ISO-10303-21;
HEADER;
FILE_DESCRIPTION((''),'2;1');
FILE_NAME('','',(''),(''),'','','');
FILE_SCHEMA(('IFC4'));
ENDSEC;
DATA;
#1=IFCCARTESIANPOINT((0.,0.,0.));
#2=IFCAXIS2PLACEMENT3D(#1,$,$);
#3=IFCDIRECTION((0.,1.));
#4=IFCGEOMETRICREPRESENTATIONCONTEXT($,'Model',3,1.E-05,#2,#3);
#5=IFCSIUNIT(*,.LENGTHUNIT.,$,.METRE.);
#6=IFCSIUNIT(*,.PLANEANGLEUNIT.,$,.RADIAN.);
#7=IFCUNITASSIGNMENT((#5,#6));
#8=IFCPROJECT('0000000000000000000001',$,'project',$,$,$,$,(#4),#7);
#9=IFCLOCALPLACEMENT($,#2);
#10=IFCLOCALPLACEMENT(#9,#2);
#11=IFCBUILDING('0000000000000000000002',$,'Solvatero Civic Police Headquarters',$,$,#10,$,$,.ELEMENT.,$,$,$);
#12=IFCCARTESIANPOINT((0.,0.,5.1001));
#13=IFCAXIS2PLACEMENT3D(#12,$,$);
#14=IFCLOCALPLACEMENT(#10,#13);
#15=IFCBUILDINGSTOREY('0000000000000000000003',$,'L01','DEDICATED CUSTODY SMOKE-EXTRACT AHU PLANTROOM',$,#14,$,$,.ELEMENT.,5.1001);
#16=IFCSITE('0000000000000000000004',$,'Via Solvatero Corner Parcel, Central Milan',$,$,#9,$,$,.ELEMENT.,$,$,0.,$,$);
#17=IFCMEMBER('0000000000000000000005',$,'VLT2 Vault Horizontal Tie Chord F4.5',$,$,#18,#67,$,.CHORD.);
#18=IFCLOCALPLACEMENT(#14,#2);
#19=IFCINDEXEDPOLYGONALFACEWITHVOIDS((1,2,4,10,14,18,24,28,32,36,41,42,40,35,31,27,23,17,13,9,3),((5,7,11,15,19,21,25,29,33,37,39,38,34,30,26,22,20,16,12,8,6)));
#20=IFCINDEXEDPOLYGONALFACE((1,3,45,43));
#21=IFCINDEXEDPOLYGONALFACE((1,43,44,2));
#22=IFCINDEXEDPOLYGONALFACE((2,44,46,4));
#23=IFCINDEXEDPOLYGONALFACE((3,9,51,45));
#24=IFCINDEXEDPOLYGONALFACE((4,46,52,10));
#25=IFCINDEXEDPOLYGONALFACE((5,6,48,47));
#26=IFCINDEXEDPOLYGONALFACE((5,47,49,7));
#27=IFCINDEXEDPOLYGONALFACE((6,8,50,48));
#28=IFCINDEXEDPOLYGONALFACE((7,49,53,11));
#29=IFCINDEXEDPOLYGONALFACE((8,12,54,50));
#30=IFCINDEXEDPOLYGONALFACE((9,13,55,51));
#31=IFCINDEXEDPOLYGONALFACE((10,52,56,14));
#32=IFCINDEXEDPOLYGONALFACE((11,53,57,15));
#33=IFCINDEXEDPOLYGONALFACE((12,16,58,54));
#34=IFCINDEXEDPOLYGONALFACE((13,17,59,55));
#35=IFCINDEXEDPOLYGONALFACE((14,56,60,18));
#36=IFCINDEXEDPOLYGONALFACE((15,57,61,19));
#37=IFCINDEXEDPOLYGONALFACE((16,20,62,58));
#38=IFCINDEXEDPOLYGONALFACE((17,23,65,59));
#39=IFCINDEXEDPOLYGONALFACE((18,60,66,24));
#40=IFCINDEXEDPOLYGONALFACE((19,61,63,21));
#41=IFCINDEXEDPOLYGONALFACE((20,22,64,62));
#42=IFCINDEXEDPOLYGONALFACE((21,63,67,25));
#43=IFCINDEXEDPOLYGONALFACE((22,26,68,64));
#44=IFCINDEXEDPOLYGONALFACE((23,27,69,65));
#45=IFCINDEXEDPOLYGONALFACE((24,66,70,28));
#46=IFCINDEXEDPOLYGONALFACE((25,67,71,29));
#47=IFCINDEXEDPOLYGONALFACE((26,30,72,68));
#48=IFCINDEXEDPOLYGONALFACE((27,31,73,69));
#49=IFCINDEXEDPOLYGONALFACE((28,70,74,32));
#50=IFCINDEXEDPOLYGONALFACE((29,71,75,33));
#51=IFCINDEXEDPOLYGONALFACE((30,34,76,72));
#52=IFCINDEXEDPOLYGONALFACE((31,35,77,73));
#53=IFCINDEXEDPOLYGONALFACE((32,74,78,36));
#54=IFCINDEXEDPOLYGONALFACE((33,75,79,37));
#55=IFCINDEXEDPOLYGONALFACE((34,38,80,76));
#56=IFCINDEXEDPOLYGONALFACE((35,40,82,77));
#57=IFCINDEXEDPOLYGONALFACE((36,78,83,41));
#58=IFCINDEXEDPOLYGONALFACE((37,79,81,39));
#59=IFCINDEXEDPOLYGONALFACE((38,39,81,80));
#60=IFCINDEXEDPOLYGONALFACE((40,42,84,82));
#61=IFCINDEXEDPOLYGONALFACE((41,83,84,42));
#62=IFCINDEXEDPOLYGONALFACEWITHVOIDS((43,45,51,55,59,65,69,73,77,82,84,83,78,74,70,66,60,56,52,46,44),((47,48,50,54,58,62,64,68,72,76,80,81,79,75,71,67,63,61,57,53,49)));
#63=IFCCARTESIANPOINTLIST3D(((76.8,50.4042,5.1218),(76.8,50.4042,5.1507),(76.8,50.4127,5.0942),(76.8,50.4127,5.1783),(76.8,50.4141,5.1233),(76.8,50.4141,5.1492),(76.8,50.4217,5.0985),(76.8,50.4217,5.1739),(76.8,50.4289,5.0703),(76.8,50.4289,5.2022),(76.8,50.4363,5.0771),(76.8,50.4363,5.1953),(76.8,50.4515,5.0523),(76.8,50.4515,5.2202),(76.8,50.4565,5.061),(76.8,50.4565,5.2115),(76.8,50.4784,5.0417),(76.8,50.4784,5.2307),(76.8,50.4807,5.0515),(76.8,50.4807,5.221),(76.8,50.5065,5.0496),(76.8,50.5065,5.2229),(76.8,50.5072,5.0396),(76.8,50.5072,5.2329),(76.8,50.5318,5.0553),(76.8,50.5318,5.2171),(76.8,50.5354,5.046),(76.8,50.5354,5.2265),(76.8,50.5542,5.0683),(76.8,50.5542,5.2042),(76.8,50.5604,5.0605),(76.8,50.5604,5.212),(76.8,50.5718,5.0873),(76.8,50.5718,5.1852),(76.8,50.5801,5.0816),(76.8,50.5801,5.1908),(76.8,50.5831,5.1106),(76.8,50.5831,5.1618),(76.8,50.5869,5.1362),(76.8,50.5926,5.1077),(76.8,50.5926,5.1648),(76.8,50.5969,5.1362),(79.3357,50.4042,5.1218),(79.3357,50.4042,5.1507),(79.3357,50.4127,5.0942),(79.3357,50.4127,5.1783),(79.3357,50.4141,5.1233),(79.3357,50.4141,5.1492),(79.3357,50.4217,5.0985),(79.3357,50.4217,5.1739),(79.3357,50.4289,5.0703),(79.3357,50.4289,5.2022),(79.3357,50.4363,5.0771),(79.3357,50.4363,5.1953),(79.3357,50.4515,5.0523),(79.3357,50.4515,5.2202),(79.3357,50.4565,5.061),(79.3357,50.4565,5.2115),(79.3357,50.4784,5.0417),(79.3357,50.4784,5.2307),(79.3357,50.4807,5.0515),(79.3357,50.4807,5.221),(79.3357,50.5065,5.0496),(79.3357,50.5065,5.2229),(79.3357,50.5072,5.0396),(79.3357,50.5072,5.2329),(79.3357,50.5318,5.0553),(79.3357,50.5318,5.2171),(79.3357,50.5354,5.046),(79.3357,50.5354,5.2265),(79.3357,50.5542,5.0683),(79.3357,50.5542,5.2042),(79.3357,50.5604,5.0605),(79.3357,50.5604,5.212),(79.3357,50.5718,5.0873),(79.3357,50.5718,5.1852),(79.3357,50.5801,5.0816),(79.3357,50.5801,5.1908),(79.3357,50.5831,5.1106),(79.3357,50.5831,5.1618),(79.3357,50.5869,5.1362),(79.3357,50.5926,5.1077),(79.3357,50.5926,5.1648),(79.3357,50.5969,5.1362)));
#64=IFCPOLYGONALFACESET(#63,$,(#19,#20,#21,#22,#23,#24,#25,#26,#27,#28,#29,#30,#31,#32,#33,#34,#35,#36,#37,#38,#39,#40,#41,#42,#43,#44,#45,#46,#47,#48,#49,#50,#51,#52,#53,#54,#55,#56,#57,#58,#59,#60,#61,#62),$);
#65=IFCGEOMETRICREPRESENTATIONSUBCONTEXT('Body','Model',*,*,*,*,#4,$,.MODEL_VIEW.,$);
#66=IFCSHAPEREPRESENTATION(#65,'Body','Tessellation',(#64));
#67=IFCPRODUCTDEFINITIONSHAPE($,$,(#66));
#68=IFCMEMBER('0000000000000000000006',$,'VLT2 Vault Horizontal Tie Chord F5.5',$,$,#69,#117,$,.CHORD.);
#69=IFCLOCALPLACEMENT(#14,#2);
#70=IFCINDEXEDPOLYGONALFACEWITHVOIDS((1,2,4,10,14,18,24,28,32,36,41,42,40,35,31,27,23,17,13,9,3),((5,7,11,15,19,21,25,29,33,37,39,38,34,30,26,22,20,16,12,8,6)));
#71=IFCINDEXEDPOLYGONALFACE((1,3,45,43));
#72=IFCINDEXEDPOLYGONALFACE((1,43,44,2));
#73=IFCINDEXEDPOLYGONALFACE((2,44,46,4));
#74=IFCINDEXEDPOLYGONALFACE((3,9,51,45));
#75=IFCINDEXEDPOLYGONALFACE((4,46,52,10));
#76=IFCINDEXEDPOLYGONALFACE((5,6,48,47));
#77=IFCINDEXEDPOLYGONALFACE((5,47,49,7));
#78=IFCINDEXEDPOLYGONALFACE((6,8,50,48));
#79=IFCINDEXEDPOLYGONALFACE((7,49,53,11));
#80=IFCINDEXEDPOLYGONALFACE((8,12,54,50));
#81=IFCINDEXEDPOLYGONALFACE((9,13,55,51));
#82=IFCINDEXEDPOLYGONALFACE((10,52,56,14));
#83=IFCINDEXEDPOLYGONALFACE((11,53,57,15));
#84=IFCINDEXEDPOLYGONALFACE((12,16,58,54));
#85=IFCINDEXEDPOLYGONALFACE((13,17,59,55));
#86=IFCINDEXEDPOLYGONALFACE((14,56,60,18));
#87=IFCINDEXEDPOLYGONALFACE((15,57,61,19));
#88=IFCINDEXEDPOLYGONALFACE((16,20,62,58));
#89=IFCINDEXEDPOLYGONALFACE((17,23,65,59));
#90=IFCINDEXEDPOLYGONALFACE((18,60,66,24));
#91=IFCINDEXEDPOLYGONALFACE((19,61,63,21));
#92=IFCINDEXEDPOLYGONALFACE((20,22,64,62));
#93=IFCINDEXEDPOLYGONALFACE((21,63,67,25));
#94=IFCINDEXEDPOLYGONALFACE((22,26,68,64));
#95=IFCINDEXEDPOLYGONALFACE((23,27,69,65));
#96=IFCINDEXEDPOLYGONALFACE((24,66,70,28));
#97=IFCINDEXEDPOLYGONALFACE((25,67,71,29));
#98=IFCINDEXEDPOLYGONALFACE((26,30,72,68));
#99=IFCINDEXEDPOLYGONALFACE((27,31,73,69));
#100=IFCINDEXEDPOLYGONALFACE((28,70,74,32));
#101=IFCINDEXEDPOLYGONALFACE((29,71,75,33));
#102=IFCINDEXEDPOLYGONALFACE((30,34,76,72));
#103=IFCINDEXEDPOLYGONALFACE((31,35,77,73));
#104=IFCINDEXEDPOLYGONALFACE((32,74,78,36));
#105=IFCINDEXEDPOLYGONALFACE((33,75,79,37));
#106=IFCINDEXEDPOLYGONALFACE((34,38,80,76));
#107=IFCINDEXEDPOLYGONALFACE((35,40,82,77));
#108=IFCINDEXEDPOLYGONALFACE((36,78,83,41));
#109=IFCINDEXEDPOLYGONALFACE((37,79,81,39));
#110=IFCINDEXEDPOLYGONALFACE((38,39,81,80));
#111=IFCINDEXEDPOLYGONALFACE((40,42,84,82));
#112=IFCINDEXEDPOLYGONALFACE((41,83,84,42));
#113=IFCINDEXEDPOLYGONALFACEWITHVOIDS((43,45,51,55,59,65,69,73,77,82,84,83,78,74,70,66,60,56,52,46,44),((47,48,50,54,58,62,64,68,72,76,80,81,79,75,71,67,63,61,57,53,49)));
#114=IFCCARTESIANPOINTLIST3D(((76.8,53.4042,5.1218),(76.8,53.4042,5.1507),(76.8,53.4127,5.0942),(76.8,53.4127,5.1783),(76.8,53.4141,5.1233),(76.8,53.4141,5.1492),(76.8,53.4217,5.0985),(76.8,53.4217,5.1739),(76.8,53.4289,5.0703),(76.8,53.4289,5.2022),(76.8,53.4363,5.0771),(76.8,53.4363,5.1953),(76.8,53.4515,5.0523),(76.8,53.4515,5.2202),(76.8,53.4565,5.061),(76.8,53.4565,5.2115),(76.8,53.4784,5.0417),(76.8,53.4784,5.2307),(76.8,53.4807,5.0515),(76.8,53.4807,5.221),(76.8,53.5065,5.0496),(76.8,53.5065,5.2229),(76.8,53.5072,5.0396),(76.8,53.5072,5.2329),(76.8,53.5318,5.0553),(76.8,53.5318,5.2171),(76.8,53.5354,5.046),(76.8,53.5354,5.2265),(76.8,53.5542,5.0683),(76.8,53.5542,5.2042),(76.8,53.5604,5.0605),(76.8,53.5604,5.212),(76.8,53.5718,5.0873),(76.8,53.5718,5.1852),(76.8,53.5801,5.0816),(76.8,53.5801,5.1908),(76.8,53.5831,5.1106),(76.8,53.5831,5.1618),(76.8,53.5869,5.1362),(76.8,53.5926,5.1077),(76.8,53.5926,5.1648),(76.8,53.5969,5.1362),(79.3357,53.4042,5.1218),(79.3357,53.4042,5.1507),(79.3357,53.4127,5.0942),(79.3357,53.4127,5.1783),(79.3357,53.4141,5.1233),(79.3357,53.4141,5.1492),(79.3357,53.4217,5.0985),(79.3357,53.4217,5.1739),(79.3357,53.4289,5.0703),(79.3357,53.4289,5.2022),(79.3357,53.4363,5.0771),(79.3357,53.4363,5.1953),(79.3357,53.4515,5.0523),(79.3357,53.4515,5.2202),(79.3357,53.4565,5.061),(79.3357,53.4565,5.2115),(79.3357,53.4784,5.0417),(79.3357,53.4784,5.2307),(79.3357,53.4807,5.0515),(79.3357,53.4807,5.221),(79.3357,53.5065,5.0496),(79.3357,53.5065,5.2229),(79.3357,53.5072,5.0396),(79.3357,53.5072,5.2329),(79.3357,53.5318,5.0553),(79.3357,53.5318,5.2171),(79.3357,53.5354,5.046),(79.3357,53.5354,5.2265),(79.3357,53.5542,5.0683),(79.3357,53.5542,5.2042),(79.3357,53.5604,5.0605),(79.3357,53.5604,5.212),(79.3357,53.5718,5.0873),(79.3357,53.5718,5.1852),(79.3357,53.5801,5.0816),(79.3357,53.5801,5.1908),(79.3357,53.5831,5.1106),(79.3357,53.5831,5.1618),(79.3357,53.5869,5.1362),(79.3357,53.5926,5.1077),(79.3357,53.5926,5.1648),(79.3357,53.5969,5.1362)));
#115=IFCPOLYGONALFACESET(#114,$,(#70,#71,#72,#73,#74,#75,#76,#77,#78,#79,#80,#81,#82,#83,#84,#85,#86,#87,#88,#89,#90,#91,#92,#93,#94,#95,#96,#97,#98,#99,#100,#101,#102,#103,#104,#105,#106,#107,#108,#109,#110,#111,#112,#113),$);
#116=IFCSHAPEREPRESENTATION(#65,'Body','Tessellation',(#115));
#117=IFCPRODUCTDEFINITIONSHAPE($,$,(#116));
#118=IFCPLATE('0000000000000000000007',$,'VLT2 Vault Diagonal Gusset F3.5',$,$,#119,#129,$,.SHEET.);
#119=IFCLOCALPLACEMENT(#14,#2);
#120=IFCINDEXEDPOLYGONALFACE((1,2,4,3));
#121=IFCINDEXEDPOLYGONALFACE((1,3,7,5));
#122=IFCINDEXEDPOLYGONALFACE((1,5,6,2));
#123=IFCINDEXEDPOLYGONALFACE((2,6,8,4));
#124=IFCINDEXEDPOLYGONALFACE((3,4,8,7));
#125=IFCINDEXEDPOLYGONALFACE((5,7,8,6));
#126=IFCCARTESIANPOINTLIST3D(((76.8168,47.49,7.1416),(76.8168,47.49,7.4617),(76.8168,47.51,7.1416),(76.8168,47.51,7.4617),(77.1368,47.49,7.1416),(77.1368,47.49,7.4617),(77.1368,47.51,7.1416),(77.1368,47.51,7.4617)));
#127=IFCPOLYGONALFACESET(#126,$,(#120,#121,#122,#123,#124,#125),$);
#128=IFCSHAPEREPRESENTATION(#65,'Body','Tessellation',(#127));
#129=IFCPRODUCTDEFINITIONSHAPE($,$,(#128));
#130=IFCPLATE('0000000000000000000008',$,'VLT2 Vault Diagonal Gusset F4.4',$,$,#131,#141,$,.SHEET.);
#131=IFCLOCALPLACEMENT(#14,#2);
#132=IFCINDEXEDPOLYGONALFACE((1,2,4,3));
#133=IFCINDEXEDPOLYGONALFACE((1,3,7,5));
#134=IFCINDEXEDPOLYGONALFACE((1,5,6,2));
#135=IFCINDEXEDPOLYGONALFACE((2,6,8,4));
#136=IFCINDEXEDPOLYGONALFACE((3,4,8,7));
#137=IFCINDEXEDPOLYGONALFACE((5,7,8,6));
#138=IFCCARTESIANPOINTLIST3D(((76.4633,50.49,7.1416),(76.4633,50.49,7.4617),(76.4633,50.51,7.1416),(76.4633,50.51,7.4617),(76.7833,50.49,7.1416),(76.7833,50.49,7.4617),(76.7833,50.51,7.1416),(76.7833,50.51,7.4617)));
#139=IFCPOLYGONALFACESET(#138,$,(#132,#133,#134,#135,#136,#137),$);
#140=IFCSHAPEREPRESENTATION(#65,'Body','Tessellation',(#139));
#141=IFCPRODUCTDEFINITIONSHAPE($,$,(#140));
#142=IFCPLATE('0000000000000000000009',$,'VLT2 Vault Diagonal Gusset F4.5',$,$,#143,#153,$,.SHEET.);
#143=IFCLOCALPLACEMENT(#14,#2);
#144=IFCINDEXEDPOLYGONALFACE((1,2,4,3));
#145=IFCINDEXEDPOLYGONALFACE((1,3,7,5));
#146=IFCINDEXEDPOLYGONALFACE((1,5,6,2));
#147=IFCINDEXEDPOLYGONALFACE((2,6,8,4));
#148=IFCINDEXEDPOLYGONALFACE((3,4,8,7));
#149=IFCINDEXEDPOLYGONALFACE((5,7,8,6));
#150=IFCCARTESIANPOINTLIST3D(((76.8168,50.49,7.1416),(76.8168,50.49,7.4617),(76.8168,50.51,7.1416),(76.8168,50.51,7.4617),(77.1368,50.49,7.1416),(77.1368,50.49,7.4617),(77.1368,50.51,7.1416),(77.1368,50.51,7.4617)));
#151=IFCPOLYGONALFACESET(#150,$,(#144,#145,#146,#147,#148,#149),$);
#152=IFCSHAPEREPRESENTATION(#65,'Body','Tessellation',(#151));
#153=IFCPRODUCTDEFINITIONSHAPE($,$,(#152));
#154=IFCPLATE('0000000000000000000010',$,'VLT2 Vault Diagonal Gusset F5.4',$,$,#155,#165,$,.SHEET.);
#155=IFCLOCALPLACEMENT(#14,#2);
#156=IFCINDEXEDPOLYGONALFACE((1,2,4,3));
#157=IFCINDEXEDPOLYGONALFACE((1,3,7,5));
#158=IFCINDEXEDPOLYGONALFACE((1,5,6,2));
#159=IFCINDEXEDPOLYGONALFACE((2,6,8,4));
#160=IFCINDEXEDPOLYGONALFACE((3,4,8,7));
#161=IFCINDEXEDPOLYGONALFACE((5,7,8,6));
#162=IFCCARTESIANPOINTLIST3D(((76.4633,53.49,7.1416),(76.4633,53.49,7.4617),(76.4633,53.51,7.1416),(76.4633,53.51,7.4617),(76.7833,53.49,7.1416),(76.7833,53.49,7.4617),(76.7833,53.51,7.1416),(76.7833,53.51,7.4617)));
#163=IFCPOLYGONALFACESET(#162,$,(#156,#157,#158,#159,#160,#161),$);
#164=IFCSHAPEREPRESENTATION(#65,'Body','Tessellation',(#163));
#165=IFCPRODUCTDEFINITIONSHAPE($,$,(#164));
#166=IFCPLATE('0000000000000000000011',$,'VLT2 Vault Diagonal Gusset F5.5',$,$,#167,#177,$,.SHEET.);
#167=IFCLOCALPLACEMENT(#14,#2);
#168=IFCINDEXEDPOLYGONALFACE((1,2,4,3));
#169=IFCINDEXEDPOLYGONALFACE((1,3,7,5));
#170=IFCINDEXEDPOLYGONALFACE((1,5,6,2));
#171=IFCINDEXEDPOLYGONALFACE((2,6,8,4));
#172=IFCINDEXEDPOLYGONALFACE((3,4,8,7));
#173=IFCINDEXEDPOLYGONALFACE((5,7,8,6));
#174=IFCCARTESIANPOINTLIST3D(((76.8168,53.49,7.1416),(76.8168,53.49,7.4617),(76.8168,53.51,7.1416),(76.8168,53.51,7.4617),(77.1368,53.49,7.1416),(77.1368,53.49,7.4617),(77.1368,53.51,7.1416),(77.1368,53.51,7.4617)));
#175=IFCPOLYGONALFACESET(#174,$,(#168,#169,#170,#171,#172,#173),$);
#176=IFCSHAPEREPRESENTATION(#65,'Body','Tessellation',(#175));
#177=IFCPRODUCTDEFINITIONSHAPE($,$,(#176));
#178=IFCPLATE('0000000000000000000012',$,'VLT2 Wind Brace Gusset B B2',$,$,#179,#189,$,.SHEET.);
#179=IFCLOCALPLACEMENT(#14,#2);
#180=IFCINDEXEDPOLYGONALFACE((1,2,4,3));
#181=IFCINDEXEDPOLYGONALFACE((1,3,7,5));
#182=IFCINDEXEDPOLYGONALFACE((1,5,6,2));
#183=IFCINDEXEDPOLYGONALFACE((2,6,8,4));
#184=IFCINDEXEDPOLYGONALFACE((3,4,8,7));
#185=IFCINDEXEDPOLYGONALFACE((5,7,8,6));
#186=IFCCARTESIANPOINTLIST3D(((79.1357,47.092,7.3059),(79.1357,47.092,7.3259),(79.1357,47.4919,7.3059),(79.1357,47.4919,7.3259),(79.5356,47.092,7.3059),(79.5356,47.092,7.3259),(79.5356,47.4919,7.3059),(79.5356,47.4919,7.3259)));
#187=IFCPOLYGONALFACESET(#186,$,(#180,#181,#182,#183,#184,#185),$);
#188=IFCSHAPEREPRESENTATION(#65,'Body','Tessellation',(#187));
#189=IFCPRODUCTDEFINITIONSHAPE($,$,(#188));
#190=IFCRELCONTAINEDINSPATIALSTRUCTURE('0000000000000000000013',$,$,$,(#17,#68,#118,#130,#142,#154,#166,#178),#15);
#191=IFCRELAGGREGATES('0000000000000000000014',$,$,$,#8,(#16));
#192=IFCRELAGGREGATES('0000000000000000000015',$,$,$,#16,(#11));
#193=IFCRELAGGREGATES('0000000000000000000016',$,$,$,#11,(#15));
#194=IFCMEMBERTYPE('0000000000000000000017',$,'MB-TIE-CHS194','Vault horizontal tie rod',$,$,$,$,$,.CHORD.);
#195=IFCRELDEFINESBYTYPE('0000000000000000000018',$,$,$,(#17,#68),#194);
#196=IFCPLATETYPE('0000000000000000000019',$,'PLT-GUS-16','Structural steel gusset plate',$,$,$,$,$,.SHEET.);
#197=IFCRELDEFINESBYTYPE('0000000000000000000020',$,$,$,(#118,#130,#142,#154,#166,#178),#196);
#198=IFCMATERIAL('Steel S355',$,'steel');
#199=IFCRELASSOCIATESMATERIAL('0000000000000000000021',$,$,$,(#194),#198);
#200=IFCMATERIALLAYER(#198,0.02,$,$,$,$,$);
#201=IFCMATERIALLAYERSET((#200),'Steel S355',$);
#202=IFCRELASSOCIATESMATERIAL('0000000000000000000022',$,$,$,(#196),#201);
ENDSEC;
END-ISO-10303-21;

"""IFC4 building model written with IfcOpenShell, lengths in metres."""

from ifc_helpers import new_model, si_unit, direction, frame, origin, origin_2d, place, context, subcontext, project, spatial, rectangle, hollow_circle, extrude, material, layer, layer_set, material_profile, profile_set, type_object, element, save


model = new_model("IFC4")

# Units and contexts
model_context = context("Model", 3, precision=1e-05, world=origin(), true_north=direction((0.0, 1.0)))
body_context = subcontext(model_context, "Body", "Model", "MODEL_VIEW")
ifc_project = project(units=[si_unit("LENGTHUNIT", "METRE"), si_unit("PLANEANGLEUNIT", "RADIAN")], contexts=[model_context])

# Site, building, storey
site_placement = place(None, origin())
site = spatial("IfcSite", under=ifc_project, at=site_placement, Name="Via Solvatero Corner Parcel, Central Milan", CompositionType="ELEMENT", RefElevation=0.0)
building_placement = place(site_placement, origin())
building = spatial("IfcBuilding", under=site, at=building_placement, Name="Solvatero Civic Police Headquarters", CompositionType="ELEMENT")
storey_placement = place(building_placement, frame((0.0, 0.0, 5.1001)))
storey = spatial("IfcBuildingStorey", under=building, at=storey_placement, Name="L01", Description="DEDICATED CUSTODY SMOKE-EXTRACT AHU PLANTROOM", CompositionType="ELEMENT", Elevation=5.1001)

# Shared definitions
ifc_material = material(Name="Steel S355", Category="steel")

# Members
ifc_material_profile_1 = material_profile(ifc_material, hollow_circle(Radius=0.0969, WallThickness=0.01, at=origin_2d()), Name="CHS 193.7x10.0")
ifc_profile_set_1 = profile_set([ifc_material_profile_1], Name="Steel S355")
member_type_1 = type_object("IfcMemberType", Name="MB-TIE-CHS194", Description="Vault horizontal tie rod", PredefinedType="CHORD", material=ifc_profile_set_1)
for number, where, z_axis, x_axis, name in (
    (1, (76.8, 50.5, 5.1362), (1.0, 0.0, 0.0), (0.0, 1.0, 0.0), "VLT2 Vault Horizontal Tie Chord F4.5"),
    (2, (76.8, 53.5, 5.1362), (1.0, 0.0, 0.0), (0.0, 1.0, 0.0), "VLT2 Vault Horizontal Tie Chord F5.5"),
):
    element("IfcMember", number, at=place(storey_placement, frame(where, z_axis=z_axis, x_axis=x_axis)), inside=storey, type_object=member_type_1, Name=name, PredefinedType="CHORD", context=body_context, shape_type="SweptSolid", body=[
        extrude(hollow_circle(Radius=0.0969, WallThickness=0.01, at=origin_2d()), origin(), (0.0, 0.0, 1.0), 2.5356),
    ])

# Plates
ifc_layer = layer(ifc_material, 0.02)
ifc_layer_set = layer_set([ifc_layer], Name="Steel S355")
plate_type = type_object("IfcPlateType", Name="PLT-GUS-16", Description="Structural steel gusset plate", PredefinedType="SHEET", material=ifc_layer_set)
for number, where, z_axis, x_axis, name in (
    (3, (76.9768, 47.5, 7.1416), (0.0, 0.0, 1.0), (1.0, 0.0, 0.0), "VLT2 Vault Diagonal Gusset F3.5"),
    (4, (76.6233, 50.5, 7.1416), (0.0, 0.0, 1.0), (1.0, 0.0, 0.0), "VLT2 Vault Diagonal Gusset F4.4"),
    (5, (76.9768, 50.5, 7.1416), (0.0, 0.0, 1.0), (1.0, 0.0, 0.0), "VLT2 Vault Diagonal Gusset F4.5"),
    (6, (76.6233, 53.5, 7.1416), (0.0, 0.0, 1.0), (1.0, 0.0, 0.0), "VLT2 Vault Diagonal Gusset F5.4"),
    (7, (76.9768, 53.5, 7.1416), (0.0, 0.0, 1.0), (1.0, 0.0, 0.0), "VLT2 Vault Diagonal Gusset F5.5"),
):
    element("IfcPlate", number, at=place(storey_placement, frame(where, z_axis=z_axis, x_axis=x_axis)), inside=storey, type_object=plate_type, Name=name, PredefinedType="SHEET", context=body_context, shape_type="SweptSolid", body=[
        extrude(rectangle(XDim=0.3201, YDim=0.02, at=origin_2d()), origin(), (0.0, 0.0, 1.0), 0.3201),
    ])
plate_placement = place(storey_placement, frame((79.3357, 47.292, 7.3059), z_axis=(0.0, 0.0, 1.0), x_axis=(1.0, 0.0, 0.0)))
element("IfcPlate", 8, at=plate_placement, inside=storey, type_object=plate_type, Name="VLT2 Wind Brace Gusset B B2", PredefinedType="SHEET", context=body_context, shape_type="SweptSolid", body=[
    extrude(rectangle(XDim=0.3999, YDim=0.3999, at=origin_2d()), origin(), (0.0, 0.0, 1.0), 0.02),
])

save(model, "model.ifc")
